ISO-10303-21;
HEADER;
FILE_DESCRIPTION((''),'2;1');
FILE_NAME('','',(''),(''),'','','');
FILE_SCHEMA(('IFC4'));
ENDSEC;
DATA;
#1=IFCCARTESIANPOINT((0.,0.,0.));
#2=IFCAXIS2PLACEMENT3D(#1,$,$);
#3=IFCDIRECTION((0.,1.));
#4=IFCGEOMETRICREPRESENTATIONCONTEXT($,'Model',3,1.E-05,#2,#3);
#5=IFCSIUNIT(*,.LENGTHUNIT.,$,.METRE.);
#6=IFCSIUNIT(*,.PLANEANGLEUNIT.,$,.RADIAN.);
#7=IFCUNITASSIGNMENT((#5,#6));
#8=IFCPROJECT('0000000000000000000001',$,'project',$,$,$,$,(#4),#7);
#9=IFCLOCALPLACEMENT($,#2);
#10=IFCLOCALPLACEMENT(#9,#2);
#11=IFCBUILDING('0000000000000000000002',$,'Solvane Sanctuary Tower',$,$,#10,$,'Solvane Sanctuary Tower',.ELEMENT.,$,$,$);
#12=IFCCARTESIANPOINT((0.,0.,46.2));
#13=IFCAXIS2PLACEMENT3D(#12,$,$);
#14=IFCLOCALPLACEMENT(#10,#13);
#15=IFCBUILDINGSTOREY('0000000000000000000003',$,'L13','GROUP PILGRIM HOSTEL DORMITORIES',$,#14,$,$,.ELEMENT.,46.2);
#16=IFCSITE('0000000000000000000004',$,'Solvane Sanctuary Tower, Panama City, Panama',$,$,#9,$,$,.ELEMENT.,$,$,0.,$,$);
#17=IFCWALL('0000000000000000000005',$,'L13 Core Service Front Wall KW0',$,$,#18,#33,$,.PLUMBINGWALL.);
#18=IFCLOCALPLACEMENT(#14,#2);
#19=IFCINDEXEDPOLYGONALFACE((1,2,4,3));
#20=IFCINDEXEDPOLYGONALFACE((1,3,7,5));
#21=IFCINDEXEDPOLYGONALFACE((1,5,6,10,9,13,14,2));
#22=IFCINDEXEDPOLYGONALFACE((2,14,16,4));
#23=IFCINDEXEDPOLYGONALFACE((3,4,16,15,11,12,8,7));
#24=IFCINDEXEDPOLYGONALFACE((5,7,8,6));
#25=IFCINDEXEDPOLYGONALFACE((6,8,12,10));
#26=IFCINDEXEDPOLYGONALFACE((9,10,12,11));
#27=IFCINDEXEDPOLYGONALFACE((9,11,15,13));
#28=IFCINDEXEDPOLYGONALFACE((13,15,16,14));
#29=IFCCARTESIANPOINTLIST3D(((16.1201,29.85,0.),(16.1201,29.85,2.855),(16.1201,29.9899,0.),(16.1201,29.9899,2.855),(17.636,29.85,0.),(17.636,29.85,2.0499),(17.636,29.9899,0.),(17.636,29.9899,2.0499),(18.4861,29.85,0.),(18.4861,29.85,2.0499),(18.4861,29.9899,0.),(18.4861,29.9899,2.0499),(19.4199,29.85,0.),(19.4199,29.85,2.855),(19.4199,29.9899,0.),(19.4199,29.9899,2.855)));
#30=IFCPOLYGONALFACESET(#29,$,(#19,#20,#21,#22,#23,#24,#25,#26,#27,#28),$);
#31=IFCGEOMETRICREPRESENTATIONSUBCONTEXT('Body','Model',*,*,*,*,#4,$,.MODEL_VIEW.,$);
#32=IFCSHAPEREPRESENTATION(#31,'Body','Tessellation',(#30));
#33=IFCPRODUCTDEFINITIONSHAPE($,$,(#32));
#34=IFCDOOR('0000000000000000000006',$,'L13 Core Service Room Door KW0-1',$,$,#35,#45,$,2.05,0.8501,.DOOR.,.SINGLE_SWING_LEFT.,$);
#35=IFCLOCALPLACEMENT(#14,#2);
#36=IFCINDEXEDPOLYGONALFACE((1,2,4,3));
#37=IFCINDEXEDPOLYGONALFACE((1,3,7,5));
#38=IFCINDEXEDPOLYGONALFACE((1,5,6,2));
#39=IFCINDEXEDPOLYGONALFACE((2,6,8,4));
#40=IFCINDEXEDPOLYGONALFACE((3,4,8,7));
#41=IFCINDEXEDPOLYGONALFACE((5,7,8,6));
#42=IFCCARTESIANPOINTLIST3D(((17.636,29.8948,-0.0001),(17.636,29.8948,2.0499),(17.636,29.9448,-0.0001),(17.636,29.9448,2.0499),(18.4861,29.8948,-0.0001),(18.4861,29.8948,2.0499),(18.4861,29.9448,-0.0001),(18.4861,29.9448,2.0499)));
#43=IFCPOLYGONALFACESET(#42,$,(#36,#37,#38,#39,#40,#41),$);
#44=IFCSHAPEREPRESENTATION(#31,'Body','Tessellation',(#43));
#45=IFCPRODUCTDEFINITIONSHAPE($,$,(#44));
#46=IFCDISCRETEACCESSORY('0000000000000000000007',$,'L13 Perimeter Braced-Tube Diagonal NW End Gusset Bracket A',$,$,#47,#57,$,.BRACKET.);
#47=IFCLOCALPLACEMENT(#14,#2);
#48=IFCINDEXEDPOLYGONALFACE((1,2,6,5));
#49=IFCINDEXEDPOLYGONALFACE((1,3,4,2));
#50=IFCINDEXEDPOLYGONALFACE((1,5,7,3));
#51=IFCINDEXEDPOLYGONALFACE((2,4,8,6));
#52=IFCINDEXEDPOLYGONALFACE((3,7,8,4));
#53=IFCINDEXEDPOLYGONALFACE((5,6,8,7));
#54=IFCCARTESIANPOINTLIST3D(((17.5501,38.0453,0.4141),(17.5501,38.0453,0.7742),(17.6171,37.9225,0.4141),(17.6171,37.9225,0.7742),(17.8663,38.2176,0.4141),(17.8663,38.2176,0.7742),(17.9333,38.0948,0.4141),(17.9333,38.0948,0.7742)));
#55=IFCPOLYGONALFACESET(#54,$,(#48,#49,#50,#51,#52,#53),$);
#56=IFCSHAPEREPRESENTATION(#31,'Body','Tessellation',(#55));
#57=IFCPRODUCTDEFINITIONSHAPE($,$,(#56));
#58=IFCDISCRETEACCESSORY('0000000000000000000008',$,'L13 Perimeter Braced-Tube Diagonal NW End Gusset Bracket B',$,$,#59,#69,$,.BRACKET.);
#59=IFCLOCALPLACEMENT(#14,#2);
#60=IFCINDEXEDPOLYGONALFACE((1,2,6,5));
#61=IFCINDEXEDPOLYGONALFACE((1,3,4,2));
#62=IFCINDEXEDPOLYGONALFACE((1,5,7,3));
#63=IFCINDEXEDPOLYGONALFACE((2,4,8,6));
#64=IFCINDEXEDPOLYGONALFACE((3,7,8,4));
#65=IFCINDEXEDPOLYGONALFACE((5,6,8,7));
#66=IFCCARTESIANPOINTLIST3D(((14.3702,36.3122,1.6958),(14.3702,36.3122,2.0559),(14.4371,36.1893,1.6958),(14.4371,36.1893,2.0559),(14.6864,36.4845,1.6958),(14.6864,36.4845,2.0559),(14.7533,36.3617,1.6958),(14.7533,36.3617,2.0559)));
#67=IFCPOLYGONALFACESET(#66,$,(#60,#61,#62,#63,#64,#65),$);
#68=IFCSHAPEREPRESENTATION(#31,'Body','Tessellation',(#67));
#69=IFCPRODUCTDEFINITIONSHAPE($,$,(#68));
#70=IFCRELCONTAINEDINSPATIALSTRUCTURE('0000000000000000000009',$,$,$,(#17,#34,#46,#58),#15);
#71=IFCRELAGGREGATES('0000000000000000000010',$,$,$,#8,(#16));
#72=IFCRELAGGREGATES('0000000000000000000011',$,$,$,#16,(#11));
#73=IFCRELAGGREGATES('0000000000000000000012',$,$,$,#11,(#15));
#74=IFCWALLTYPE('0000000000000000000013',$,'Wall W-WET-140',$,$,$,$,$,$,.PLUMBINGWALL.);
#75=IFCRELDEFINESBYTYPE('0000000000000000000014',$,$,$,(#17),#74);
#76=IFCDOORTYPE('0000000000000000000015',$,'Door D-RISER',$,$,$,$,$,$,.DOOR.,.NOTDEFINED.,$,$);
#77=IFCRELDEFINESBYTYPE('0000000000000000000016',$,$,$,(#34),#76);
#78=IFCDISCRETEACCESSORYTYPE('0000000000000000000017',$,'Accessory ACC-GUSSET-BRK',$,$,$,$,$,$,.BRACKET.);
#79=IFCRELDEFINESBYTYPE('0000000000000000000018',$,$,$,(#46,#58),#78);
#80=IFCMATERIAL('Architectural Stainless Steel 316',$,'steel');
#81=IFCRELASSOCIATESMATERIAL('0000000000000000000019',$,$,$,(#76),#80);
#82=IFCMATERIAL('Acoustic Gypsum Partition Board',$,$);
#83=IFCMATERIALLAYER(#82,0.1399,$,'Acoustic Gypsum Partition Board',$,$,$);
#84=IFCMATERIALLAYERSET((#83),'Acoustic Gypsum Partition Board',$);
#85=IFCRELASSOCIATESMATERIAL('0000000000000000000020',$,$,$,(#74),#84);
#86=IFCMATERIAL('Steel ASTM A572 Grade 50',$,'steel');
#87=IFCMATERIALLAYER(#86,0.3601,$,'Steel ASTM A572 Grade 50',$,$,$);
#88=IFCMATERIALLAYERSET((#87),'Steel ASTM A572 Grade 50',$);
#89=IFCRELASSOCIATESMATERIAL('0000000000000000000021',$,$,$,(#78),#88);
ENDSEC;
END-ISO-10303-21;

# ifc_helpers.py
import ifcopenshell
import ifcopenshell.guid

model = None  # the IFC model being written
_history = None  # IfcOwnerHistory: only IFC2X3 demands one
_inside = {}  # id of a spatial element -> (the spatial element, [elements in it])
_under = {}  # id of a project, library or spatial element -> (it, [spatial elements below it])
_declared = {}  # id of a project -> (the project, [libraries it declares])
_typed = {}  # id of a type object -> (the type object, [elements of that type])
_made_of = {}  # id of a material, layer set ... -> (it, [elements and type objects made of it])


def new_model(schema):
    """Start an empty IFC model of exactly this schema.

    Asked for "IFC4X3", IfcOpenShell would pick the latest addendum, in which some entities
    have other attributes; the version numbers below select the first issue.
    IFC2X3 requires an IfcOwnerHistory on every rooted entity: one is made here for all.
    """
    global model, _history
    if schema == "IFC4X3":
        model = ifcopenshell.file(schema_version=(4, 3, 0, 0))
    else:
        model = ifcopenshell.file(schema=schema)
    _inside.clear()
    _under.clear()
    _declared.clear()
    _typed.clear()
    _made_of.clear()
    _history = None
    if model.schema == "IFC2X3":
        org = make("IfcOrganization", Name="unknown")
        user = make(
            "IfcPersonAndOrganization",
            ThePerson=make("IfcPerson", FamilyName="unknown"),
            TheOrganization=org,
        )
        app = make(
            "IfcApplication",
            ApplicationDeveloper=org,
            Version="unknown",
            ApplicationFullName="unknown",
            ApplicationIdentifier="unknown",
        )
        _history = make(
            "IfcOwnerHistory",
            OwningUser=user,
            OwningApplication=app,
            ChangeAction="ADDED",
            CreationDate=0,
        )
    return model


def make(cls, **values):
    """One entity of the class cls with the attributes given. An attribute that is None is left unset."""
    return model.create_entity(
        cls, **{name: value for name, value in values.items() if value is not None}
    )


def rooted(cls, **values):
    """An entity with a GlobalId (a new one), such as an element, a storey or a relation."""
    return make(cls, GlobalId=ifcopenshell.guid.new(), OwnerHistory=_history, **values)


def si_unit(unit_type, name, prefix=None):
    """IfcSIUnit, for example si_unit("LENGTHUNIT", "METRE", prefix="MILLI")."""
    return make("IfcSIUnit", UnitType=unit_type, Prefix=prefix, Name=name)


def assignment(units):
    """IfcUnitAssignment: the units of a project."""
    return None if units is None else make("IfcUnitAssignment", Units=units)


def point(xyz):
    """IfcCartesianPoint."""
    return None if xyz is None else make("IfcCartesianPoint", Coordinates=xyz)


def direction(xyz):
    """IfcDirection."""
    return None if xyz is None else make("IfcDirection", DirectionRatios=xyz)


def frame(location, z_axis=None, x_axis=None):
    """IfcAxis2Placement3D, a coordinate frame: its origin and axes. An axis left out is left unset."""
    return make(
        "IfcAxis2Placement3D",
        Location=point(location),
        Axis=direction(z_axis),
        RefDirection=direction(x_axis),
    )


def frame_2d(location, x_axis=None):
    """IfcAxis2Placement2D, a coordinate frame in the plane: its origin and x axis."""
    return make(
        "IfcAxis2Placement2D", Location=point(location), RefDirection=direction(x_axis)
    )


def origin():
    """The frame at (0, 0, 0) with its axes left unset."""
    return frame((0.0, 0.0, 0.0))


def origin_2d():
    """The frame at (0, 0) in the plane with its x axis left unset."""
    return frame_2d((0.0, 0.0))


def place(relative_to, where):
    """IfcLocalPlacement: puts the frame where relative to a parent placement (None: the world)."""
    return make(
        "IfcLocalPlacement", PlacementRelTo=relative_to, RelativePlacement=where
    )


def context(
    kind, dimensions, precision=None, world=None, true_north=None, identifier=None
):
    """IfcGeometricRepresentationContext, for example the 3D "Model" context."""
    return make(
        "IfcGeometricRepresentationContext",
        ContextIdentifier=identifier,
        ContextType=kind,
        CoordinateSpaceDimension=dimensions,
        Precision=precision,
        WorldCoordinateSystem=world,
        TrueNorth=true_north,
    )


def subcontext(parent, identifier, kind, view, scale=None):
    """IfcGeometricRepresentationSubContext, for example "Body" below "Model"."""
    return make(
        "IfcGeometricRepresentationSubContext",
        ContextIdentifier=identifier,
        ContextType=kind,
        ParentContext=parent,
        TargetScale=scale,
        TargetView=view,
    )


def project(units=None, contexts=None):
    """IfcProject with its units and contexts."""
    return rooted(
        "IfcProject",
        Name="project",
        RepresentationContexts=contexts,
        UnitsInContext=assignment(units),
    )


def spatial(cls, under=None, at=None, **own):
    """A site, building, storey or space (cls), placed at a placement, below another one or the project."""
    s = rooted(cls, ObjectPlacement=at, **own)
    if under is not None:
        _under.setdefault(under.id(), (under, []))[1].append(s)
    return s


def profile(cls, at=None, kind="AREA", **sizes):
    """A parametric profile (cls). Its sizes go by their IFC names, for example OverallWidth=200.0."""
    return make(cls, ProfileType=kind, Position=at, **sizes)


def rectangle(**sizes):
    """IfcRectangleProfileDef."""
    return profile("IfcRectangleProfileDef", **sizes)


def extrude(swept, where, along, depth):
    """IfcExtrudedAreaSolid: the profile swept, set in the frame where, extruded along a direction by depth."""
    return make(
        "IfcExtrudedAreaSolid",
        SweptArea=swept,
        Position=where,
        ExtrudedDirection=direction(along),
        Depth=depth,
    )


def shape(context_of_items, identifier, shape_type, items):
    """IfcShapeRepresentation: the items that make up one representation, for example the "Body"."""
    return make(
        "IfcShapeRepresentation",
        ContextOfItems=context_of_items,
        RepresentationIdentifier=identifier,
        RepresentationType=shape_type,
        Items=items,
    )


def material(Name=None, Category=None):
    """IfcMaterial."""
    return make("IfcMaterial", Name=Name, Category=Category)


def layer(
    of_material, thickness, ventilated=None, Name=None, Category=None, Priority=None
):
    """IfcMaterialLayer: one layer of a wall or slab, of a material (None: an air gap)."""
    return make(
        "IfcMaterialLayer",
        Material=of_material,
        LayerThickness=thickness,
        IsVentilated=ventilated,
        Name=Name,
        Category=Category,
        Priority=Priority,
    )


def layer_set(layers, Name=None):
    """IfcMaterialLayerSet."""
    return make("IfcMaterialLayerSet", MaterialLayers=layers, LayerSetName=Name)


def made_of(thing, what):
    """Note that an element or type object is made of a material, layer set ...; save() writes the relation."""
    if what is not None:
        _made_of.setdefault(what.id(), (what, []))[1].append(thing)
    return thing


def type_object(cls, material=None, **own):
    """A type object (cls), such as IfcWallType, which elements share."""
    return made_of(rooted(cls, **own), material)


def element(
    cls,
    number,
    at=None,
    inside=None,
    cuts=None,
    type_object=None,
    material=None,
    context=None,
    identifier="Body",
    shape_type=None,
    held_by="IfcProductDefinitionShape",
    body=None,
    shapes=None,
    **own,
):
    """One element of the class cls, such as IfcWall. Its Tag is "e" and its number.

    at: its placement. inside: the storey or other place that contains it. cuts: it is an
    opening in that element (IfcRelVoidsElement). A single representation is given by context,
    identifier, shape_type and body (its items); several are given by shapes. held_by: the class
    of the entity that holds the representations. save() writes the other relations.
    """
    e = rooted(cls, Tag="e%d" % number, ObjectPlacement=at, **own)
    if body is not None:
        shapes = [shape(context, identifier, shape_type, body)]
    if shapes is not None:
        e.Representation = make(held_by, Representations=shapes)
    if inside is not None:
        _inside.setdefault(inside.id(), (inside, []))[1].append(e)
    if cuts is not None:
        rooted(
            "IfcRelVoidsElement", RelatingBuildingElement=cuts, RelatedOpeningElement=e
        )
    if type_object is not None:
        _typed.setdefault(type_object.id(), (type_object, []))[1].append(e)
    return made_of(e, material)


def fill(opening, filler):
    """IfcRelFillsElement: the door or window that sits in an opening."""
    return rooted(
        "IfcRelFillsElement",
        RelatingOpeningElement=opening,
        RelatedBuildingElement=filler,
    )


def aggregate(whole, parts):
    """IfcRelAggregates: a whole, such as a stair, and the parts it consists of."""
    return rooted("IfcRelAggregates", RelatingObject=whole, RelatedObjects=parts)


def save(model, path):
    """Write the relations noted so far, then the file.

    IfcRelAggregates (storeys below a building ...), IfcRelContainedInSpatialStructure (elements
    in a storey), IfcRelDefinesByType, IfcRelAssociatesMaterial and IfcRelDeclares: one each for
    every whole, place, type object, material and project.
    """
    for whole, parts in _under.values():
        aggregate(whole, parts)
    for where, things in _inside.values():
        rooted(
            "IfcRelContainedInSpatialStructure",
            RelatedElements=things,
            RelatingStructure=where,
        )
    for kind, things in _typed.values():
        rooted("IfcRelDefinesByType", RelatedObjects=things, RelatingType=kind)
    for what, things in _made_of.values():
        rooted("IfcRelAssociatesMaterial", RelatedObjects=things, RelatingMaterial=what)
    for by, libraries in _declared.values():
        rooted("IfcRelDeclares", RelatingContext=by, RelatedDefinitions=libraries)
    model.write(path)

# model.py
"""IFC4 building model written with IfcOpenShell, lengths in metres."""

from ifc_helpers import new_model, si_unit, direction, frame, frame_2d, origin, origin_2d, place, context, subcontext, project, spatial, rectangle, extrude, material, layer, layer_set, type_object, element, fill, save


model = new_model("IFC4")

# Units and contexts
model_context = context("Model", 3, precision=1e-05, world=origin(), true_north=direction((0.0, 1.0)))
body_context = subcontext(model_context, "Body", "Model", "MODEL_VIEW")
ifc_project = project(units=[si_unit("LENGTHUNIT", "METRE"), si_unit("PLANEANGLEUNIT", "RADIAN")], contexts=[model_context])

# Site, building, storey
site_placement = place(None, origin())
site = spatial("IfcSite", under=ifc_project, at=site_placement, Name="Solvane Sanctuary Tower, Panama City, Panama", CompositionType="ELEMENT", RefElevation=0.0)
building_placement = place(site_placement, origin())
building = spatial("IfcBuilding", under=site, at=building_placement, Name="Solvane Sanctuary Tower", LongName="Solvane Sanctuary Tower", CompositionType="ELEMENT")
storey_placement = place(building_placement, frame((0.0, 0.0, 46.2)))
storey = spatial("IfcBuildingStorey", under=building, at=storey_placement, Name="L13", Description="GROUP PILGRIM HOSTEL DORMITORIES", CompositionType="ELEMENT", Elevation=46.2)

# Shared definitions
ifc_material_1 = material(Name="Acoustic Gypsum Partition Board")

# Shared definitions
ifc_material_2 = material(Name="Architectural Stainless Steel 316", Category="steel")
door_type_1 = type_object("IfcDoorType", Name="Door D-RISER", OperationType="NOTDEFINED", PredefinedType="DOOR", material=ifc_material_2)

# Wall, opening, door
ifc_layer_1 = layer(ifc_material_1, 0.1399, Name="Acoustic Gypsum Partition Board")
ifc_layer_set_1 = layer_set([ifc_layer_1], Name="Acoustic Gypsum Partition Board")
wall_type_1 = type_object("IfcWallType", Name="Wall W-WET-140", PredefinedType="PLUMBINGWALL", material=ifc_layer_set_1)
wall_1_placement = place(storey_placement, frame((16.1201, 29.9199, 0.0), z_axis=(0.0, 0.0, 1.0), x_axis=(1.0, 0.0, 0.0)))
wall_1 = element("IfcWall", 1, at=wall_1_placement, inside=storey, type_object=wall_type_1, Name="L13 Core Service Front Wall KW0", PredefinedType="PLUMBINGWALL", context=body_context, shape_type="SweptSolid", body=[
    extrude(rectangle(XDim=3.2998, YDim=0.1399, at=frame_2d((1.6499, 0.0))), origin(), (0.0, 0.0, 1.0), 2.855),
])
opening_1_placement = place(wall_1_placement, frame((1.5159, 0.0, 0.0)))
opening_1 = element("IfcOpeningElement", 2, at=opening_1_placement, cuts=wall_1, PredefinedType="OPENING", context=body_context, shape_type="SweptSolid", body=[
    extrude(rectangle(XDim=0.8501, YDim=2.05, at=frame_2d((0.425, 1.0249))), frame((0.0, 0.0798, 0.0), z_axis=(0.0, -1.0, 0.0), x_axis=(1.0, 0.0, 0.0)), (0.0, 0.0, 1.0), 0.1599),
])
door_1_placement = place(opening_1_placement, origin())
door_1 = element("IfcDoor", 3, at=door_1_placement, inside=storey, type_object=door_type_1, Name="L13 Core Service Room Door KW0-1", OperationType="SINGLE_SWING_LEFT", OverallHeight=2.05, OverallWidth=0.8501, PredefinedType="DOOR", context=body_context, shape_type="SweptSolid", body=[
    extrude(rectangle(XDim=0.8501, YDim=2.05, at=frame_2d((0.425, 1.0249))), frame((0.0, 0.0249, 0.0), z_axis=(0.0, -1.0, 0.0), x_axis=(1.0, 0.0, 0.0)), (0.0, 0.0, 1.0), 0.05),
])
fill(opening_1, door_1)

# Discrete accessories
ifc_material_3 = material(Name="Steel ASTM A572 Grade 50", Category="steel")
ifc_layer_2 = layer(ifc_material_3, 0.3601, Name="Steel ASTM A572 Grade 50")
ifc_layer_set_2 = layer_set([ifc_layer_2], Name="Steel ASTM A572 Grade 50")
discrete_accessory_type = type_object("IfcDiscreteAccessoryType", Name="Accessory ACC-GUSSET-BRK", PredefinedType="BRACKET", material=ifc_layer_set_2)
for number, where, z_axis, x_axis, name in (
    (4, (17.7417, 38.0701, 0.4141), (0.0, 0.0, 1.0), (-0.878067, -0.478539, 0.0), "L13 Perimeter Braced-Tube Diagonal NW End Gusset Bracket A"),
    (5, (14.5618, 36.3369, 1.6958), (0.0, 0.0, 1.0), (-0.878067, -0.478539, 0.0), "L13 Perimeter Braced-Tube Diagonal NW End Gusset Bracket B"),
):
    element("IfcDiscreteAccessory", number, at=place(storey_placement, frame(where, z_axis=z_axis, x_axis=x_axis)), inside=storey, type_object=discrete_accessory_type, Name=name, PredefinedType="BRACKET", context=body_context, shape_type="SweptSolid", body=[
        extrude(rectangle(XDim=0.3601, YDim=0.1399, at=origin_2d()), origin(), (0.0, 0.0, 1.0), 0.3601),
    ])

save(model, "model.ifc")
